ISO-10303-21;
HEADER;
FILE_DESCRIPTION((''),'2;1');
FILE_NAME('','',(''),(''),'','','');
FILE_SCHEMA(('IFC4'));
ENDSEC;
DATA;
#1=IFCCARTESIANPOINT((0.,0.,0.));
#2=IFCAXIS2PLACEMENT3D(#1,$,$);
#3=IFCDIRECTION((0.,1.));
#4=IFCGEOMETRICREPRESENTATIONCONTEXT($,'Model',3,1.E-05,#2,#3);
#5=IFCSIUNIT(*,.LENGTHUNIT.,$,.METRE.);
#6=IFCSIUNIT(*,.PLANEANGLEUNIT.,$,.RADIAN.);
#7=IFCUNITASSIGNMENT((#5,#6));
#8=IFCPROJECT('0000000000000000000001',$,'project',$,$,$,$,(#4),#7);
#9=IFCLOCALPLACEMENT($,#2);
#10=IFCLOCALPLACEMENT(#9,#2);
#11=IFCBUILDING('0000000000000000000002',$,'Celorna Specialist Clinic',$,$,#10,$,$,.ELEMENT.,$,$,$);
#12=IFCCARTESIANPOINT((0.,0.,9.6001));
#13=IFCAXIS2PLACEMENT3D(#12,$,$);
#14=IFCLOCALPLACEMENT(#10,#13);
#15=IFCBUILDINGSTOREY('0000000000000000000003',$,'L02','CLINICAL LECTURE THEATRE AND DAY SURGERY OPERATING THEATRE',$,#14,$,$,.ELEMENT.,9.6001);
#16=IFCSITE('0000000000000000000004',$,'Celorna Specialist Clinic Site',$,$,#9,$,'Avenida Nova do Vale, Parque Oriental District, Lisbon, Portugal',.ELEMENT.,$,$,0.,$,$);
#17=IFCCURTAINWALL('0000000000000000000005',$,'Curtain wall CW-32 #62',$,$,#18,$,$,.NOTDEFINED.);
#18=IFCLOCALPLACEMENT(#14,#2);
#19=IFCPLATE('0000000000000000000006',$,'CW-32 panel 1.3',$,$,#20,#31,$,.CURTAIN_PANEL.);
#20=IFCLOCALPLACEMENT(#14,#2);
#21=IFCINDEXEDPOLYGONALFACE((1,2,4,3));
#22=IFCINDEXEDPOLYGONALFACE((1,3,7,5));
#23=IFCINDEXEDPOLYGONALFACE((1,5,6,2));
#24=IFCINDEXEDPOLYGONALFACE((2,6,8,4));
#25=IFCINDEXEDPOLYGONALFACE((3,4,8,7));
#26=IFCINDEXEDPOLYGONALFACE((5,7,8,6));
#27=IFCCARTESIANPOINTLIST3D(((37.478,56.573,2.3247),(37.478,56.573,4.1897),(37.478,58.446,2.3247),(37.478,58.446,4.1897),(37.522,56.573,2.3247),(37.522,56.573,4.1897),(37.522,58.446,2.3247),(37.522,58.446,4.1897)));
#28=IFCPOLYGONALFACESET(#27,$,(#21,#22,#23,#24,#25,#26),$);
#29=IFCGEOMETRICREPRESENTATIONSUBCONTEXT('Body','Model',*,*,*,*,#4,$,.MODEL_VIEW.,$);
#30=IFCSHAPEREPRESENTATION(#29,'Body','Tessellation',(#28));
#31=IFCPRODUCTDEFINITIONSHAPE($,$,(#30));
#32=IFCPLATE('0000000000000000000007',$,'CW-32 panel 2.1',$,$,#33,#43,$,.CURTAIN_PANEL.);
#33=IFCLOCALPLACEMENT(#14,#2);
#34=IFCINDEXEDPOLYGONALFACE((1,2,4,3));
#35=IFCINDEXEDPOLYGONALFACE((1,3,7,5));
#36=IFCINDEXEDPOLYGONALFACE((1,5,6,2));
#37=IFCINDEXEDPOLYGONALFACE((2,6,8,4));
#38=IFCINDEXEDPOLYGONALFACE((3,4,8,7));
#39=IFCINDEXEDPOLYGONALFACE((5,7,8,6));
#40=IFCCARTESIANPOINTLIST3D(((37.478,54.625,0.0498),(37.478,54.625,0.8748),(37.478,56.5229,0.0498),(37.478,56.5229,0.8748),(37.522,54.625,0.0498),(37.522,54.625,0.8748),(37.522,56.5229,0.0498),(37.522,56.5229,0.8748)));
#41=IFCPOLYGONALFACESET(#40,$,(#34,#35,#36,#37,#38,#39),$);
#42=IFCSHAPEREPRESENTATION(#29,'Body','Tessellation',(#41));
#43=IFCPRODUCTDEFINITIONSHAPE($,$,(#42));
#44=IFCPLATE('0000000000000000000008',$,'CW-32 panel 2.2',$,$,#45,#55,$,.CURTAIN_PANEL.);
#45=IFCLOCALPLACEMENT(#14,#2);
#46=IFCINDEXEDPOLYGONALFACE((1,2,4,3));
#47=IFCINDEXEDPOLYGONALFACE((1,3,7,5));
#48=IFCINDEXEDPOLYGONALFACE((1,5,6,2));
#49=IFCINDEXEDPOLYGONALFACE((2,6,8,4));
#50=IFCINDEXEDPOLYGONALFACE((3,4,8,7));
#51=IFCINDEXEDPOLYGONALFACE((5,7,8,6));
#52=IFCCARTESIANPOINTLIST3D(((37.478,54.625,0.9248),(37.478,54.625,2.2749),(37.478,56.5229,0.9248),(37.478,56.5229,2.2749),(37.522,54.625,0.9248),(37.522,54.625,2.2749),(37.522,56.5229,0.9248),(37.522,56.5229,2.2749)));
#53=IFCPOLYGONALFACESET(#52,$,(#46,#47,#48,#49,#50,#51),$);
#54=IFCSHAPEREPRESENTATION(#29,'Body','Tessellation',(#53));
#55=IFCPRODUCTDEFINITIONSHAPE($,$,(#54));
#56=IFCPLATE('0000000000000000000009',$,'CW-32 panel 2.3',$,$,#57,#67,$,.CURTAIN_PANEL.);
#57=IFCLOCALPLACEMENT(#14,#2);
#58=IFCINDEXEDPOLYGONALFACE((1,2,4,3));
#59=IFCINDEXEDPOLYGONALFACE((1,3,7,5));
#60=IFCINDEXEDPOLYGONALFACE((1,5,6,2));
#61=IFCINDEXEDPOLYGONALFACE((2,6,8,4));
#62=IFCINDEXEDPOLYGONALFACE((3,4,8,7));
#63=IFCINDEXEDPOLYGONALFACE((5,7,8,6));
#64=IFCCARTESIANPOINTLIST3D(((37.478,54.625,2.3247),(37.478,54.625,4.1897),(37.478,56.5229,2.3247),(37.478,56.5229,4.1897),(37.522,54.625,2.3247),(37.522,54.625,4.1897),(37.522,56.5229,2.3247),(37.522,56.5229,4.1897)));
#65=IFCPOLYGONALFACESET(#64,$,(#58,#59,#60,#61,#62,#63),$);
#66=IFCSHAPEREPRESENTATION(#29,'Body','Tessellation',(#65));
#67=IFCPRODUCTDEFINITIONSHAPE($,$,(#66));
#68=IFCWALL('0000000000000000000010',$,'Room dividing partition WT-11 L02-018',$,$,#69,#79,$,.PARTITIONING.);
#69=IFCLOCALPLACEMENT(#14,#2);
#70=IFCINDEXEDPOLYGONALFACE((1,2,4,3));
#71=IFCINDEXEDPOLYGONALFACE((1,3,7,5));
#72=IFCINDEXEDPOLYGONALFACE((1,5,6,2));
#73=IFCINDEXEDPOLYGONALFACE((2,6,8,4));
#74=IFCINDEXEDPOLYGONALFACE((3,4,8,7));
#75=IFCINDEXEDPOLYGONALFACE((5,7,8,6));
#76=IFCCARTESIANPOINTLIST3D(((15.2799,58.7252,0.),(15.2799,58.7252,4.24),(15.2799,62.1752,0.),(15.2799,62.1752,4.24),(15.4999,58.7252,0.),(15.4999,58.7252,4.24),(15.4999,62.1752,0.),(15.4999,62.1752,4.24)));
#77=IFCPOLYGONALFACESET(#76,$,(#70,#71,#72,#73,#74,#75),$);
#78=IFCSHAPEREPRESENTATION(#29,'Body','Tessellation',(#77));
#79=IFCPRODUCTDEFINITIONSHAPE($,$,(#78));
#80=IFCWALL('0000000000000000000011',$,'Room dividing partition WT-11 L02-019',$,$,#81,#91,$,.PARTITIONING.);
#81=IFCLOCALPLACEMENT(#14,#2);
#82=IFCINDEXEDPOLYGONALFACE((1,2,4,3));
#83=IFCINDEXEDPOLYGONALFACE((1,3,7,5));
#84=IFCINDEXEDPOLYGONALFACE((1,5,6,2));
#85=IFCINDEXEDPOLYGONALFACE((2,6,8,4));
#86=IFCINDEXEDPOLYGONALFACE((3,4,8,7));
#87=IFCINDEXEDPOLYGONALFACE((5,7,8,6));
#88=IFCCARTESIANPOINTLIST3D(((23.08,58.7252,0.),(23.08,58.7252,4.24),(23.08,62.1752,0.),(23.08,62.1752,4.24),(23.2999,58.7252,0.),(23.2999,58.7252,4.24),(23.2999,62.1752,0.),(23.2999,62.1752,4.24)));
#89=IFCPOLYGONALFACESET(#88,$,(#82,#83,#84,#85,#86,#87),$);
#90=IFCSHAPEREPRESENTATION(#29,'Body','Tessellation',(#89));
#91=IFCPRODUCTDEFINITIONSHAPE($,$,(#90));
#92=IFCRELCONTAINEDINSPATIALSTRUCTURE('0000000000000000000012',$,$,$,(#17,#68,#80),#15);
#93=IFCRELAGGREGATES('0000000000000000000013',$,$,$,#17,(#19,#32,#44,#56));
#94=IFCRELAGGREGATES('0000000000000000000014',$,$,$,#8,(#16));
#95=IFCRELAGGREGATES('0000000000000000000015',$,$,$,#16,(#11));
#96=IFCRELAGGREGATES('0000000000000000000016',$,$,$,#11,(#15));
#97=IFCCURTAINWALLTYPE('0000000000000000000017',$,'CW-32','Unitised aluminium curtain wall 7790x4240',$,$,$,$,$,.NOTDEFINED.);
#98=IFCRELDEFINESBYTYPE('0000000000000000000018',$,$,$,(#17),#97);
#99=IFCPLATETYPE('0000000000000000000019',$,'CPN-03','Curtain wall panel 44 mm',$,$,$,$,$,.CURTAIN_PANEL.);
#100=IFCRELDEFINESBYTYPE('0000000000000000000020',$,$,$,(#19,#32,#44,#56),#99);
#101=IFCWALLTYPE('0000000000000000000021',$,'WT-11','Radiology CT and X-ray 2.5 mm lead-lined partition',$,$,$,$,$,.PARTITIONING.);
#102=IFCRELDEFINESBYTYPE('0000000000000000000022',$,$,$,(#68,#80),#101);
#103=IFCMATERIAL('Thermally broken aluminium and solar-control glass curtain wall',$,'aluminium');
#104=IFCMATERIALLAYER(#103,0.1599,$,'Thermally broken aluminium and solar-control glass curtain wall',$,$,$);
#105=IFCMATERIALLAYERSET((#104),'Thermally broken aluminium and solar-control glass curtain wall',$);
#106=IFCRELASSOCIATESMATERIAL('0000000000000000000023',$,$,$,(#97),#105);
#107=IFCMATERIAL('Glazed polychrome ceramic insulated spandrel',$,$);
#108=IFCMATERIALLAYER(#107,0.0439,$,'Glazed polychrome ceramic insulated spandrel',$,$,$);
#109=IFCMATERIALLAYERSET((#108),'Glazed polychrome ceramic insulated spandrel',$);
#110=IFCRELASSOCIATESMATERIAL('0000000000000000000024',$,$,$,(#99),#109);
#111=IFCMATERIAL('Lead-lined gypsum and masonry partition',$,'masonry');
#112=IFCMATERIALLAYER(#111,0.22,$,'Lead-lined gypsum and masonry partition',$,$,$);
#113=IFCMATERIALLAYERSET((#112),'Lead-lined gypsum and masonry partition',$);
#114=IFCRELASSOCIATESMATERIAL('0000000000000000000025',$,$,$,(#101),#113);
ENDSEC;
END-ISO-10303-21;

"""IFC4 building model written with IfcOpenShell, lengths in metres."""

from ifc_helpers import new_model, si_unit, direction, frame, frame_2d, origin, origin_2d, place, context, subcontext, project, spatial, rectangle, extrude, material, layer, layer_set, type_object, element, aggregate, save


model = new_model("IFC4")

# Units and contexts
model_context = context("Model", 3, precision=1e-05, world=origin(), true_north=direction((0.0, 1.0)))
body_context = subcontext(model_context, "Body", "Model", "MODEL_VIEW")
ifc_project = project(units=[si_unit("LENGTHUNIT", "METRE"), si_unit("PLANEANGLEUNIT", "RADIAN")], contexts=[model_context])

# Site, building, storey
site_placement = place(None, origin())
site = spatial("IfcSite", under=ifc_project, at=site_placement, Name="Celorna Specialist Clinic Site", LongName="Avenida Nova do Vale, Parque Oriental District, Lisbon, Portugal", CompositionType="ELEMENT", RefElevation=0.0)
building_placement = place(site_placement, origin())
building = spatial("IfcBuilding", under=site, at=building_placement, Name="Celorna Specialist Clinic", CompositionType="ELEMENT")
storey_placement = place(building_placement, frame((0.0, 0.0, 9.6001)))
storey = spatial("IfcBuildingStorey", under=building, at=storey_placement, Name="L02", Description="CLINICAL LECTURE THEATRE AND DAY SURGERY OPERATING THEATRE", CompositionType="ELEMENT", Elevation=9.6001)

# Curtain wall, plates
ifc_material_1 = material(Name="Thermally broken aluminium and solar-control glass curtain wall", Category="aluminium")
ifc_layer_1 = layer(ifc_material_1, 0.1599, Name="Thermally broken aluminium and solar-control glass curtain wall")
ifc_layer_set_1 = layer_set([ifc_layer_1], Name="Thermally broken aluminium and solar-control glass curtain wall")
curtain_wall_type = type_object("IfcCurtainWallType", Name="CW-32", Description="Unitised aluminium curtain wall 7790x4240", PredefinedType="NOTDEFINED", material=ifc_layer_set_1)
curtain_wall_placement = place(storey_placement, origin())
curtain_wall = element("IfcCurtainWall", 1, at=curtain_wall_placement, inside=storey, type_object=curtain_wall_type, Name="Curtain wall CW-32 #62", PredefinedType="NOTDEFINED")
ifc_material_2 = material(Name="Glazed polychrome ceramic insulated spandrel")
ifc_layer_2 = layer(ifc_material_2, 0.0439, Name="Glazed polychrome ceramic insulated spandrel")
ifc_layer_set_2 = layer_set([ifc_layer_2], Name="Glazed polychrome ceramic insulated spandrel")
plate_type = type_object("IfcPlateType", Name="CPN-03", Description="Curtain wall panel 44 mm", PredefinedType="CURTAIN_PANEL", material=ifc_layer_set_2)
plate_1_placement = place(storey_placement, frame((37.5, 57.5095, 2.3247), z_axis=(0.0, 0.0, 1.0), x_axis=(0.0, -1.0, 0.0)))
plate_1 = element("IfcPlate", 2, at=plate_1_placement, type_object=plate_type, Name="CW-32 panel 1.3", PredefinedType="CURTAIN_PANEL", context=body_context, shape_type="SweptSolid", body=[
    extrude(rectangle(XDim=1.873, YDim=0.0439, at=origin_2d()), origin(), (0.0, 0.0, 1.0), 1.865),
])
plate_2_placement = place(storey_placement, frame((37.5, 55.574, 0.0498), z_axis=(0.0, 0.0, 1.0), x_axis=(0.0, -1.0, 0.0)))
plate_2 = element("IfcPlate", 3, at=plate_2_placement, type_object=plate_type, Name="CW-32 panel 2.1", PredefinedType="CURTAIN_PANEL", context=body_context, shape_type="SweptSolid", body=[
    extrude(rectangle(XDim=1.8979, YDim=0.0439, at=origin_2d()), origin(), (0.0, 0.0, 1.0), 0.825),
])
plate_3_placement = place(storey_placement, frame((37.5, 55.574, 0.9248), z_axis=(0.0, 0.0, 1.0), x_axis=(0.0, -1.0, 0.0)))
plate_3 = element("IfcPlate", 4, at=plate_3_placement, type_object=plate_type, Name="CW-32 panel 2.2", PredefinedType="CURTAIN_PANEL", context=body_context, shape_type="SweptSolid", body=[
    extrude(rectangle(XDim=1.8979, YDim=0.0439, at=origin_2d()), origin(), (0.0, 0.0, 1.0), 1.3501),
])
plate_4_placement = place(storey_placement, frame((37.5, 55.574, 2.3247), z_axis=(0.0, 0.0, 1.0), x_axis=(0.0, -1.0, 0.0)))
plate_4 = element("IfcPlate", 5, at=plate_4_placement, type_object=plate_type, Name="CW-32 panel 2.3", PredefinedType="CURTAIN_PANEL", context=body_context, shape_type="SweptSolid", body=[
    extrude(rectangle(XDim=1.8979, YDim=0.0439, at=origin_2d()), origin(), (0.0, 0.0, 1.0), 1.865),
])
aggregate(curtain_wall, [plate_1, plate_2, plate_3, plate_4])

# Walls
ifc_material_3 = material(Name="Lead-lined gypsum and masonry partition", Category="masonry")
ifc_layer_3 = layer(ifc_material_3, 0.22, Name="Lead-lined gypsum and masonry partition")
ifc_layer_set_3 = layer_set([ifc_layer_3], Name="Lead-lined gypsum and masonry partition")
wall_type = type_object("IfcWallType", Name="WT-11", Description="Radiology CT and X-ray 2.5 mm lead-lined partition", PredefinedType="PARTITIONING", material=ifc_layer_set_3)
for number, where, z_axis, x_axis, name in (
    (6, (15.3899, 58.7251, 0.0), (0.0, 0.0, 1.0), (0.0, 1.0, 0.0), "Room dividing partition WT-11 L02-018"),
    (7, (23.1899, 58.7251, 0.0), (0.0, 0.0, 1.0), (0.0, 1.0, 0.0), "Room dividing partition WT-11 L02-019"),
):
    element("IfcWall", number, at=place(storey_placement, frame(where, z_axis=z_axis, x_axis=x_axis)), inside=storey, type_object=wall_type, Name=name, PredefinedType="PARTITIONING", context=body_context, shape_type="SweptSolid", body=[
        extrude(rectangle(XDim=3.45, YDim=0.22, at=frame_2d((1.7251, 0.0))), origin(), (0.0, 0.0, 1.0), 4.24),
    ])

save(model, "model.ifc")
